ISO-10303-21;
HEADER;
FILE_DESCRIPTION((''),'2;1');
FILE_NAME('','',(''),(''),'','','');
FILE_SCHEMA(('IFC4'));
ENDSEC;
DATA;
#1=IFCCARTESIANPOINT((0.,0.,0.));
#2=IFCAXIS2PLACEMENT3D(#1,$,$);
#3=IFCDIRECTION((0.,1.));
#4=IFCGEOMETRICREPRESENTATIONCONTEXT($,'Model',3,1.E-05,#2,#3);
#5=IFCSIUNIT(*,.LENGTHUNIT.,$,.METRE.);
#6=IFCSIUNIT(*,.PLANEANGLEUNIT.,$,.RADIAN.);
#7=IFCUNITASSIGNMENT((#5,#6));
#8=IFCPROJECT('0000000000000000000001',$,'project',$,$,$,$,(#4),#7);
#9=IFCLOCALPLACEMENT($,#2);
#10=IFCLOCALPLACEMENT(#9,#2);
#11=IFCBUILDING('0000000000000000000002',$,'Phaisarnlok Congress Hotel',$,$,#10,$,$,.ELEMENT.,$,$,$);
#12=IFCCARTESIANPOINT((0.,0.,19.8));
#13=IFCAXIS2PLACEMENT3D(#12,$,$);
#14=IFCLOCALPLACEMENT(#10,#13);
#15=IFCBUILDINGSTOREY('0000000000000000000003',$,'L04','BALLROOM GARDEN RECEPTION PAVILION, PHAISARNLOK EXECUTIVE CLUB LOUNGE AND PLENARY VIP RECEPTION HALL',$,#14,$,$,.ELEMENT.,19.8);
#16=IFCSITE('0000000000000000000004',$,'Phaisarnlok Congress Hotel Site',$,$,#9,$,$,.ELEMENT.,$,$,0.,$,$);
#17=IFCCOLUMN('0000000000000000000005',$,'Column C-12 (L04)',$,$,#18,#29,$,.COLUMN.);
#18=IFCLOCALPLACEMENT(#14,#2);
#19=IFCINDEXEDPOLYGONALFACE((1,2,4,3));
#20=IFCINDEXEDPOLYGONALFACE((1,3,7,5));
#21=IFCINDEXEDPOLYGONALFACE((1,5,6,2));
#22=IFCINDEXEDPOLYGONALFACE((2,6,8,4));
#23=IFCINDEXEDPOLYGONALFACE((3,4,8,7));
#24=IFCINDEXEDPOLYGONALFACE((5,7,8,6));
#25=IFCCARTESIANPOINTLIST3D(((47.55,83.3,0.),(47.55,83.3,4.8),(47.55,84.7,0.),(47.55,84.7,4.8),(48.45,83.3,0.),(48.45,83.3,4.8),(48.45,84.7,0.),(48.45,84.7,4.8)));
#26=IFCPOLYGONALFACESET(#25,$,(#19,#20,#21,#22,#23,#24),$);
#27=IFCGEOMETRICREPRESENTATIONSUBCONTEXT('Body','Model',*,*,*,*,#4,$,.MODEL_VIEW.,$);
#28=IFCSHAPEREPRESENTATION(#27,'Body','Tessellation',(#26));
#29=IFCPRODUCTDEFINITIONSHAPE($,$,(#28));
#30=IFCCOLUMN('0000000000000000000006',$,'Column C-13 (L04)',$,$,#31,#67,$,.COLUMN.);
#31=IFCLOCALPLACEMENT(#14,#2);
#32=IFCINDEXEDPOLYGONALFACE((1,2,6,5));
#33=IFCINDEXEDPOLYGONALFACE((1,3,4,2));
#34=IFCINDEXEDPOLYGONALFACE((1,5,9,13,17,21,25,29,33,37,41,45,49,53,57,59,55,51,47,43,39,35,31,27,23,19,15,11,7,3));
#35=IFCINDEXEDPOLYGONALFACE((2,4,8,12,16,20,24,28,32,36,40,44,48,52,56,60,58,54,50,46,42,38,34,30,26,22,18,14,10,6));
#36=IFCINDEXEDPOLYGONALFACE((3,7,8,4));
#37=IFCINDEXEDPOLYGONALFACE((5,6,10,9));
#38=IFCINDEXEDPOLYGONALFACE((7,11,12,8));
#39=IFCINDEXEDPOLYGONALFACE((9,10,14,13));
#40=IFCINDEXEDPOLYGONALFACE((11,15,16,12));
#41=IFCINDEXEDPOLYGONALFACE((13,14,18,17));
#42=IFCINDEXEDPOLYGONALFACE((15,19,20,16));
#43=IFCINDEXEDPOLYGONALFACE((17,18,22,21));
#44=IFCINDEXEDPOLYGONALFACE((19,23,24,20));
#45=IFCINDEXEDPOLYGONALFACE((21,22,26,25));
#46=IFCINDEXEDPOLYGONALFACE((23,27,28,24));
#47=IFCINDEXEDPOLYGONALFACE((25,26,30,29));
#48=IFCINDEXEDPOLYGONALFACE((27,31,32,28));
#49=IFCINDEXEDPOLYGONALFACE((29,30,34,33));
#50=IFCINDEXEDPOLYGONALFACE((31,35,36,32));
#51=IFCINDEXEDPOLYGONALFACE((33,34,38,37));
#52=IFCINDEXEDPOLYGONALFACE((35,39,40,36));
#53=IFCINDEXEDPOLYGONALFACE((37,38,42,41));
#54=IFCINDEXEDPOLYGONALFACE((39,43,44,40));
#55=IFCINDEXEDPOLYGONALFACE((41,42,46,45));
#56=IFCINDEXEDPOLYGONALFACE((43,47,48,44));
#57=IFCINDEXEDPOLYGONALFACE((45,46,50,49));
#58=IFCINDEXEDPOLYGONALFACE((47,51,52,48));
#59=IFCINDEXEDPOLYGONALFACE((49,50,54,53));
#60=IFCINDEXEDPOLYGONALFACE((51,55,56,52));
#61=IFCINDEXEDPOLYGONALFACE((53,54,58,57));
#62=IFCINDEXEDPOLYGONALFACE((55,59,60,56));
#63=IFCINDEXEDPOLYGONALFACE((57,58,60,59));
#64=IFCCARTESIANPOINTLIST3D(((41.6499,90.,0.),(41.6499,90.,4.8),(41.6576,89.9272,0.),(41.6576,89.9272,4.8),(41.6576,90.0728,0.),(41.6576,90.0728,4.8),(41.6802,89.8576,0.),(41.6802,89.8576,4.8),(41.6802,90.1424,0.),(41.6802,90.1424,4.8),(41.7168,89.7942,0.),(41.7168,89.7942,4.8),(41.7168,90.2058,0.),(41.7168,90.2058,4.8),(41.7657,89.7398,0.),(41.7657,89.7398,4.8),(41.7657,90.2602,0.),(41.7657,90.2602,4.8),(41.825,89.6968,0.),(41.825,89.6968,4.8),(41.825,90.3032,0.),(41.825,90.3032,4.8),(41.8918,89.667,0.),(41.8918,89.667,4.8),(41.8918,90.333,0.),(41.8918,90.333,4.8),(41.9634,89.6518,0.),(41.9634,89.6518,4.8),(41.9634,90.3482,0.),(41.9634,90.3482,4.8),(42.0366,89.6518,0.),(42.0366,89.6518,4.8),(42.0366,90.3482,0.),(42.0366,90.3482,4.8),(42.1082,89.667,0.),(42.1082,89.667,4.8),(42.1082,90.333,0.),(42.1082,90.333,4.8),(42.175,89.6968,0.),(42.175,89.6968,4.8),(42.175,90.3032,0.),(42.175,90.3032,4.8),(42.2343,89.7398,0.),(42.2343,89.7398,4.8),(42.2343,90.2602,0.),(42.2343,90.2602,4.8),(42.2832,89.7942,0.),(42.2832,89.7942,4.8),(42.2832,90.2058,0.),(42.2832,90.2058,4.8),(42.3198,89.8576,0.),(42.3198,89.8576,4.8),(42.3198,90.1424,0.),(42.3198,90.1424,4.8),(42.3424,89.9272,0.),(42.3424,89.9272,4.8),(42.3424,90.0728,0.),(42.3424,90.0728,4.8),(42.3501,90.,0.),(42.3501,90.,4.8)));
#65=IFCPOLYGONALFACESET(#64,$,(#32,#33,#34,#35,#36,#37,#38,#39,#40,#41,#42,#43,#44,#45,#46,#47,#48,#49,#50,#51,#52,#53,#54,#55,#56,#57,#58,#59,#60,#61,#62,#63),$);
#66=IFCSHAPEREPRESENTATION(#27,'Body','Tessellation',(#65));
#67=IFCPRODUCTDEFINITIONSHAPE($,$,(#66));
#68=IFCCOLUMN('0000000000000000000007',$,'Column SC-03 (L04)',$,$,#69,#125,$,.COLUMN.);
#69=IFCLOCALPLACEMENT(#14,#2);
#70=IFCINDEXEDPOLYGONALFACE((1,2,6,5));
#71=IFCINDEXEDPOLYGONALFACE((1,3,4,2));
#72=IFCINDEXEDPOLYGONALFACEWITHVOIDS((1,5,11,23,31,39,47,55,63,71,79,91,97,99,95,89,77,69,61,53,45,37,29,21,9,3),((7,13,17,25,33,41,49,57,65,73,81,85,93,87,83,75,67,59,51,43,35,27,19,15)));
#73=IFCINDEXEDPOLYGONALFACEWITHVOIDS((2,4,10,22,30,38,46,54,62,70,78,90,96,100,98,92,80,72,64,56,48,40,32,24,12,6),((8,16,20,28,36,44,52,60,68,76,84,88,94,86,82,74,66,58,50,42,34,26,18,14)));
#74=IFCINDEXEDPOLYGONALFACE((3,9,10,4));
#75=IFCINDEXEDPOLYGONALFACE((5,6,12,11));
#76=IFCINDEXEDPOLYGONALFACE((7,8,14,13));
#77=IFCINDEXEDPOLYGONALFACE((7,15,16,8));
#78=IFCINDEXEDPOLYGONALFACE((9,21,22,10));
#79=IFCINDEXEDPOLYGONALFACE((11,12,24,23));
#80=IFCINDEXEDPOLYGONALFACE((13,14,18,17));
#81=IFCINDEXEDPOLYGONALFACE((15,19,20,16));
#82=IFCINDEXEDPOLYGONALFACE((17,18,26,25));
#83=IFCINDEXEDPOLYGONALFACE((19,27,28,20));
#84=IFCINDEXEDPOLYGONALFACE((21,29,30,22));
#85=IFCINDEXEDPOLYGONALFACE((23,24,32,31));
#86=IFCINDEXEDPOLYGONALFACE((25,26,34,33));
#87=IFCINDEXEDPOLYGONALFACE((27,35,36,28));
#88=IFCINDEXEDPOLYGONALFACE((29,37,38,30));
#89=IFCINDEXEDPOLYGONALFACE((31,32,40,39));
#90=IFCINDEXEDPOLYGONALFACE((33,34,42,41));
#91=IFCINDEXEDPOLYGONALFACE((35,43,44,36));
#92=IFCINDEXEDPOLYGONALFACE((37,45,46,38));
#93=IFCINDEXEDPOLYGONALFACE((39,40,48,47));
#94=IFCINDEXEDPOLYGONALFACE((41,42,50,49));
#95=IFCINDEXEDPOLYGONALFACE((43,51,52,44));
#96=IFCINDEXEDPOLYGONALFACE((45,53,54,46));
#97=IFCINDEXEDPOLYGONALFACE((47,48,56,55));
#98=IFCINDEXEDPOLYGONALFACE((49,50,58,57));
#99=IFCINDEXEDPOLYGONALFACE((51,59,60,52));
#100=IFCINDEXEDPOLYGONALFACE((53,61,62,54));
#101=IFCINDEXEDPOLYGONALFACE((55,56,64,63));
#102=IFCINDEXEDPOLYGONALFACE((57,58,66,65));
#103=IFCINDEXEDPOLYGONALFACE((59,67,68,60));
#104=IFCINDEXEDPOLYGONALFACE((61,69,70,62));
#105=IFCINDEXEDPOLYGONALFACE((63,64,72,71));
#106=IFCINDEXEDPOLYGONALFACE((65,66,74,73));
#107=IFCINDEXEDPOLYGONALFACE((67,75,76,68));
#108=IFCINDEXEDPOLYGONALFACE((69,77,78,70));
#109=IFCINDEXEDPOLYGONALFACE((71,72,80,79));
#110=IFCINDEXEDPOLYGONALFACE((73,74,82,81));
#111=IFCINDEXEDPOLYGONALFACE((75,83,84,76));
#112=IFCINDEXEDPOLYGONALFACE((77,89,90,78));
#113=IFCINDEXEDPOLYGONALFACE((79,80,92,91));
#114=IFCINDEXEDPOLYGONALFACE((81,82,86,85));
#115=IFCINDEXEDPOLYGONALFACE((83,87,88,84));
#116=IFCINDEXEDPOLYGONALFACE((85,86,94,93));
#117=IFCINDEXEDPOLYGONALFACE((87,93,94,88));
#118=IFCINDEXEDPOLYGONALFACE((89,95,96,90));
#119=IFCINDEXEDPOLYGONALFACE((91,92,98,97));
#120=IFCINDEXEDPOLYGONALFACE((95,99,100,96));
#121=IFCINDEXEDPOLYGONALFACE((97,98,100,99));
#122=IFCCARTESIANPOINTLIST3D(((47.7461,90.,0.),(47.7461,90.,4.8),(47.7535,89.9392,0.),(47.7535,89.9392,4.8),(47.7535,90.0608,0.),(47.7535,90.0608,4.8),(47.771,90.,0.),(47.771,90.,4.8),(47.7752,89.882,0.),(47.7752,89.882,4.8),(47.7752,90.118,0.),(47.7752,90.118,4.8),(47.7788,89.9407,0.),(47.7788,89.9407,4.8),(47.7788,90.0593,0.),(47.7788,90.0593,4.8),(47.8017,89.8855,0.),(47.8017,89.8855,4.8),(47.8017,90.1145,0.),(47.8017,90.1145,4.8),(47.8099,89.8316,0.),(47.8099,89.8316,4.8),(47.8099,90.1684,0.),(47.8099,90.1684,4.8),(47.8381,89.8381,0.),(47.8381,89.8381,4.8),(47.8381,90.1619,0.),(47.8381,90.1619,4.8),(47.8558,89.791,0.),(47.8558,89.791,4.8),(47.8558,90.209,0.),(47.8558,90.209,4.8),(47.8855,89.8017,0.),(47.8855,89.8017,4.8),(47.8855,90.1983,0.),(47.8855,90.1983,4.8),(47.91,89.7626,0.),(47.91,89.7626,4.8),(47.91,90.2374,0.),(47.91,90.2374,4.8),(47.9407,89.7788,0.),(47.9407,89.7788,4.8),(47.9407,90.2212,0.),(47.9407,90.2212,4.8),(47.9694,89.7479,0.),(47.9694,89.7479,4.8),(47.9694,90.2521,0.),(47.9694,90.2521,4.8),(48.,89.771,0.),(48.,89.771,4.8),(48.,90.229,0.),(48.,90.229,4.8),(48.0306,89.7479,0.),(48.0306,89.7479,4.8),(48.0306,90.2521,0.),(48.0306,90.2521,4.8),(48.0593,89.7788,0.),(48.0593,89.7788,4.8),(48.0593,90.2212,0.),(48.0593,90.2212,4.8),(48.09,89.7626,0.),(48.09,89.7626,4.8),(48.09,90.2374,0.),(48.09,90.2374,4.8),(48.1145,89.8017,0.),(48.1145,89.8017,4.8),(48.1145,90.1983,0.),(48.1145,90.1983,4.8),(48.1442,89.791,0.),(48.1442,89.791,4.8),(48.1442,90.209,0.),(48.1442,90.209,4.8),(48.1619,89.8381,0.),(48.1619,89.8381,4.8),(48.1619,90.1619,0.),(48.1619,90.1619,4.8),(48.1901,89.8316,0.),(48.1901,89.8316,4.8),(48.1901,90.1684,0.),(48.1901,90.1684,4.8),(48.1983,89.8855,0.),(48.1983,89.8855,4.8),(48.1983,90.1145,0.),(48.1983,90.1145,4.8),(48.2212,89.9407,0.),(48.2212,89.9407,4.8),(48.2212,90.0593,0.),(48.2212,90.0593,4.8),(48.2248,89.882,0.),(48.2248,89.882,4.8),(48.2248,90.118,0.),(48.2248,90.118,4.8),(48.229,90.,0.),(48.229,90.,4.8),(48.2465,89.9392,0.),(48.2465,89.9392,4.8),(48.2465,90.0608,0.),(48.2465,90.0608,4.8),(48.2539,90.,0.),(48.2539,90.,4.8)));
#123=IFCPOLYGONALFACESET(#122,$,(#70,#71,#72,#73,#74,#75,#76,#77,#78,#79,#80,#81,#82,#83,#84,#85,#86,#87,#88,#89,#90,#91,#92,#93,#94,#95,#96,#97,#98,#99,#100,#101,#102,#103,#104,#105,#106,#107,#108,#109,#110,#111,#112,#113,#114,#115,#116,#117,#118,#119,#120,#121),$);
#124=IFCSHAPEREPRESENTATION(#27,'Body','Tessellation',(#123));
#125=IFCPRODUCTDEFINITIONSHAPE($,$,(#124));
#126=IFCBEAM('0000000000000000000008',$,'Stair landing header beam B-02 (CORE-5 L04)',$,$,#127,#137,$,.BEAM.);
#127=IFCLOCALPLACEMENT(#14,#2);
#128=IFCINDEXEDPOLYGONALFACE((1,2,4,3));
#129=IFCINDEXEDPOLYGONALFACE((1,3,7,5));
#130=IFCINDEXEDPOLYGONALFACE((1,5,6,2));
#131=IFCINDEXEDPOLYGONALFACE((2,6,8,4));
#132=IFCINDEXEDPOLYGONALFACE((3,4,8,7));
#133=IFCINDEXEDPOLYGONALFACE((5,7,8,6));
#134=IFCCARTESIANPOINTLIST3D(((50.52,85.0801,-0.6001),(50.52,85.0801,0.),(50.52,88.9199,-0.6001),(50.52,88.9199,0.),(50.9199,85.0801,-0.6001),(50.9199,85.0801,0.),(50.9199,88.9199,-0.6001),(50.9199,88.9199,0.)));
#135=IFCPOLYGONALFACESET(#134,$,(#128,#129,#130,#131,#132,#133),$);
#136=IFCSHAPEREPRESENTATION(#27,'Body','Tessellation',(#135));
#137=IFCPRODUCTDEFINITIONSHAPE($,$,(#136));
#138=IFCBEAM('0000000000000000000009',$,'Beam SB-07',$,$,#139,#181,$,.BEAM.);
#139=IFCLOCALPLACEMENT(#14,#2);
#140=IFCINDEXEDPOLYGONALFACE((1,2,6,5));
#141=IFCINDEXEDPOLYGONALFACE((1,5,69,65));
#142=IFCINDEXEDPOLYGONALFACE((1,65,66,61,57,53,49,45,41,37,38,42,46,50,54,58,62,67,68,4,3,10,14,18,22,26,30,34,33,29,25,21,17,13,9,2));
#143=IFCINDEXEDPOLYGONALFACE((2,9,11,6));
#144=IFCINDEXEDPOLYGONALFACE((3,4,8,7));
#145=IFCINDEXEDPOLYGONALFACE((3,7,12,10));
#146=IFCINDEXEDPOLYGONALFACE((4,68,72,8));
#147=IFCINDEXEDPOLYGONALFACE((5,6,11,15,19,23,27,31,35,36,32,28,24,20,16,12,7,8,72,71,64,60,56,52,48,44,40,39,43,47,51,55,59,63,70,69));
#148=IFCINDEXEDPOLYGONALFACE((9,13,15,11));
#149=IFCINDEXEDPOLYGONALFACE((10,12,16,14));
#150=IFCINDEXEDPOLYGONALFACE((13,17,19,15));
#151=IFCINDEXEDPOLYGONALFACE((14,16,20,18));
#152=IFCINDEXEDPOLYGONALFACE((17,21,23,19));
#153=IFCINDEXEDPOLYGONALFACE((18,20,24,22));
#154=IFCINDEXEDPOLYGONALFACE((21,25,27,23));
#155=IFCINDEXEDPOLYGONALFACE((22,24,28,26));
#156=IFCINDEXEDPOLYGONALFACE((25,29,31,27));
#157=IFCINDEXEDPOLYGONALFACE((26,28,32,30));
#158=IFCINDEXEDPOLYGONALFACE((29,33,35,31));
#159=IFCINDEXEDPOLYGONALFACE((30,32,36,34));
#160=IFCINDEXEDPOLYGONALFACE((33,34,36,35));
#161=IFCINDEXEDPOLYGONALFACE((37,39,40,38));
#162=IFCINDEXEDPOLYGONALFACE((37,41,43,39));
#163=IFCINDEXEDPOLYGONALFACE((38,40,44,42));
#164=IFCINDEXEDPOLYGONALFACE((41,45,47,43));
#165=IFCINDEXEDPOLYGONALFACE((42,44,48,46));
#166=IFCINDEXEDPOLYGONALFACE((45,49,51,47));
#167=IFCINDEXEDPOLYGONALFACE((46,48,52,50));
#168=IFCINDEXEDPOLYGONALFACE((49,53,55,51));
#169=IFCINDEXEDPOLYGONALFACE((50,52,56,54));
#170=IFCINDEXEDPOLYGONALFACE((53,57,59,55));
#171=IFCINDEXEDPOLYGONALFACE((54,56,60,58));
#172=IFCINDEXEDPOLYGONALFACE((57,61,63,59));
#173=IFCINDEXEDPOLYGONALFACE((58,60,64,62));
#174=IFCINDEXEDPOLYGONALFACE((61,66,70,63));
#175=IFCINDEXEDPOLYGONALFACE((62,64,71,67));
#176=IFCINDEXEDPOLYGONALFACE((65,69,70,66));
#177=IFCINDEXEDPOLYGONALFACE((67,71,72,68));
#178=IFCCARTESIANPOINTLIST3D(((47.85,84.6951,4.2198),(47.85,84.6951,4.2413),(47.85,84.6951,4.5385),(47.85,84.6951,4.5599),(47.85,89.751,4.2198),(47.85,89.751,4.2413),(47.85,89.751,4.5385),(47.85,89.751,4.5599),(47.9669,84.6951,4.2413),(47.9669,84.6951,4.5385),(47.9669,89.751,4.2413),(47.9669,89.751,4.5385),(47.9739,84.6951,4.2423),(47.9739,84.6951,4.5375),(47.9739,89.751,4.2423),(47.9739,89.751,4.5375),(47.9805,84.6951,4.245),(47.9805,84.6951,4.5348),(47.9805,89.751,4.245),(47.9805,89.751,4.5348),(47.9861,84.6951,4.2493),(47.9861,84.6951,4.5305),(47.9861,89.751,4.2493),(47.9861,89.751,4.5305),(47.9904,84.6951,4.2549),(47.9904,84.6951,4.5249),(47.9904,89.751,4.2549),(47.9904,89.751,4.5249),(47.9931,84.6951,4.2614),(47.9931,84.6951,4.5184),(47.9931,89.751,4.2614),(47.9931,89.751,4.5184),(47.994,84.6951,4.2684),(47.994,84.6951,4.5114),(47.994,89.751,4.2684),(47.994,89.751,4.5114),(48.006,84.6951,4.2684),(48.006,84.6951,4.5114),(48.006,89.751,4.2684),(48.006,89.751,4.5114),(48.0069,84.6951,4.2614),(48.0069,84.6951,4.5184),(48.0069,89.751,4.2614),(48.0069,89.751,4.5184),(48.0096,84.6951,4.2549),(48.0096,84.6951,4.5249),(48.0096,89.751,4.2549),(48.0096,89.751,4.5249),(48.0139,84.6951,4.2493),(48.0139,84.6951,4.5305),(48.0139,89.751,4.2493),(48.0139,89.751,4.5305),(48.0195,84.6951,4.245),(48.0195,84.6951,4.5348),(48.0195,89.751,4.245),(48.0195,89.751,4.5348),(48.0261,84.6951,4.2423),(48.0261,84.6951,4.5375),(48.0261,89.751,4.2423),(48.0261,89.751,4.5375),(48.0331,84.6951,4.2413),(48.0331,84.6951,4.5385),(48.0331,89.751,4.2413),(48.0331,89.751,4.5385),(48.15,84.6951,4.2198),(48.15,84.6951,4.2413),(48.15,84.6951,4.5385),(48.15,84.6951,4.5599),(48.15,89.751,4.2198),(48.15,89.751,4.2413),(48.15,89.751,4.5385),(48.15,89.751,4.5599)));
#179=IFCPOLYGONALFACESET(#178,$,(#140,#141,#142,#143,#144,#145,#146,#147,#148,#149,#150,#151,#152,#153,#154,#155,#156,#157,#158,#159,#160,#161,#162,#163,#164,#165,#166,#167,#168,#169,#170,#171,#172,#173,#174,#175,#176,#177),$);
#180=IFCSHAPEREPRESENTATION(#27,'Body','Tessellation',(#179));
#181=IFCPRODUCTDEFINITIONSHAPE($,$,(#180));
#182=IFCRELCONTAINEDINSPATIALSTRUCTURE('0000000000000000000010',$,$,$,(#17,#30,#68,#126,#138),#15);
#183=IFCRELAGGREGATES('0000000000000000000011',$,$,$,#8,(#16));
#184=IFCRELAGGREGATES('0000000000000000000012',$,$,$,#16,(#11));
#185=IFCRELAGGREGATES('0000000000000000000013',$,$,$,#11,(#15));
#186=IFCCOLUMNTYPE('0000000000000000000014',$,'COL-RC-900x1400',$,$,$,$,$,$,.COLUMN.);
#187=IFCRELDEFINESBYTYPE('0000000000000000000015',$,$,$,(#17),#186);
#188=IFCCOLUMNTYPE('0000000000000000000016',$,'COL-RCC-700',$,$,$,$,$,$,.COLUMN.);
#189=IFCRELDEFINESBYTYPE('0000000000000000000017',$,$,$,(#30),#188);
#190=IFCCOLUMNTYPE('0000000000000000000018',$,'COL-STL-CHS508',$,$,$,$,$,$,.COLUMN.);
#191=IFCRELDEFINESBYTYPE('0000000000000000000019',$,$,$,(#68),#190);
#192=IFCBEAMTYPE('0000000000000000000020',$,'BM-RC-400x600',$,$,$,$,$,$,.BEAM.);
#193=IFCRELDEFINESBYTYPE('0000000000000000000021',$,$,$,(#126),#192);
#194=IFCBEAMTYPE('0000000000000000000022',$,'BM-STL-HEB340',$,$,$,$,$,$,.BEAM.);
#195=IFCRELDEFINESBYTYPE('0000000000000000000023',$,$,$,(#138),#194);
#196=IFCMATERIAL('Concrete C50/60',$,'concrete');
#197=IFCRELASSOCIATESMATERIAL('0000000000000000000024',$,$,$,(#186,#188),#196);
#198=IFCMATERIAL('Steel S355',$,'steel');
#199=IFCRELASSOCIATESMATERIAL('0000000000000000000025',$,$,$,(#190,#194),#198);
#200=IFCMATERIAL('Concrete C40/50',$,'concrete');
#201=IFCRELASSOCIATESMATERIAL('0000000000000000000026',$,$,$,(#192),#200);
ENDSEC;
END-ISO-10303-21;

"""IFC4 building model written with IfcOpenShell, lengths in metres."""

from ifc_helpers import new_model, si_unit, direction, frame, origin, origin_2d, place, context, subcontext, project, spatial, rectangle, circle, hollow_circle, i_section, extrude, material, material_profile, profile_set, type_object, element, save


model = new_model("IFC4")

# Units and contexts
model_context = context("Model", 3, precision=1e-05, world=origin(), true_north=direction((0.0, 1.0)))
body_context = subcontext(model_context, "Body", "Model", "MODEL_VIEW")
ifc_project = project(units=[si_unit("LENGTHUNIT", "METRE"), si_unit("PLANEANGLEUNIT", "RADIAN")], contexts=[model_context])

# Site, building, storey
site_placement = place(None, origin())
site = spatial("IfcSite", under=ifc_project, at=site_placement, Name="Phaisarnlok Congress Hotel Site", CompositionType="ELEMENT", RefElevation=0.0)
building_placement = place(site_placement, origin())
building = spatial("IfcBuilding", under=site, at=building_placement, Name="Phaisarnlok Congress Hotel", CompositionType="ELEMENT")
storey_placement = place(building_placement, frame((0.0, 0.0, 19.8)))
storey = spatial("IfcBuildingStorey", under=building, at=storey_placement, Name="L04", Description="BALLROOM GARDEN RECEPTION PAVILION, PHAISARNLOK EXECUTIVE CLUB LOUNGE AND PLENARY VIP RECEPTION HALL", CompositionType="ELEMENT", Elevation=19.8)

# Columns
ifc_material_1 = material(Name="Concrete C50/60", Category="concrete")
ifc_material_profile_1 = material_profile(ifc_material_1, rectangle(XDim=0.8999, YDim=1.3999, at=origin_2d()), Name="RC 900x1400")
ifc_profile_set_1 = profile_set([ifc_material_profile_1], Name="Concrete C50/60")
column_type_1 = type_object("IfcColumnType", Name="COL-RC-900x1400", PredefinedType="COLUMN", material=ifc_profile_set_1)
column_1_placement = place(storey_placement, frame((48.0, 84.0, 0.0), z_axis=(0.0, 0.0, 1.0), x_axis=(1.0, 0.0, 0.0)))
element("IfcColumn", 1, at=column_1_placement, inside=storey, type_object=column_type_1, Name="Column C-12 (L04)", PredefinedType="COLUMN", context=body_context, shape_type="SweptSolid", body=[
    extrude(rectangle(XDim=0.8999, YDim=1.3999, at=origin_2d()), origin(), (0.0, 0.0, 1.0), 4.8),
])
ifc_material_profile_2 = material_profile(ifc_material_1, circle(Radius=0.3501, at=origin_2d()), Name="RCC D700")
ifc_profile_set_2 = profile_set([ifc_material_profile_2], Name="Concrete C50/60")
column_type_2 = type_object("IfcColumnType", Name="COL-RCC-700", PredefinedType="COLUMN", material=ifc_profile_set_2)
column_2_placement = place(storey_placement, frame((42.0, 90.0, 0.0), z_axis=(0.0, 0.0, 1.0), x_axis=(1.0, 0.0, 0.0)))
element("IfcColumn", 2, at=column_2_placement, inside=storey, type_object=column_type_2, Name="Column C-13 (L04)", PredefinedType="COLUMN", context=body_context, shape_type="SweptSolid", body=[
    extrude(circle(Radius=0.3501, at=origin_2d()), origin(), (0.0, 0.0, 1.0), 4.8),
])
ifc_material_2 = material(Name="Steel S355", Category="steel")
ifc_material_profile_3 = material_profile(ifc_material_2, hollow_circle(Radius=0.2539, WallThickness=0.0249, at=origin_2d()), Name="CHS 508x25")
ifc_profile_set_3 = profile_set([ifc_material_profile_3], Name="Steel S355")
column_type_3 = type_object("IfcColumnType", Name="COL-STL-CHS508", PredefinedType="COLUMN", material=ifc_profile_set_3)
column_3_placement = place(storey_placement, frame((48.0, 90.0, 0.0), z_axis=(0.0, 0.0, 1.0), x_axis=(1.0, 0.0, 0.0)))
element("IfcColumn", 3, at=column_3_placement, inside=storey, type_object=column_type_3, Name="Column SC-03 (L04)", PredefinedType="COLUMN", context=body_context, shape_type="SweptSolid", body=[
    extrude(hollow_circle(Radius=0.2539, WallThickness=0.0249, at=origin_2d()), origin(), (0.0, 0.0, 1.0), 4.8),
])

# Beams
ifc_material_3 = material(Name="Concrete C40/50", Category="concrete")
ifc_material_profile_4 = material_profile(ifc_material_3, rectangle(XDim=0.3999, YDim=0.6001, at=origin_2d()), Name="RC 400x600")
ifc_profile_set_4 = profile_set([ifc_material_profile_4], Name="Concrete C40/50")
beam_type_1 = type_object("IfcBeamType", Name="BM-RC-400x600", PredefinedType="BEAM", material=ifc_profile_set_4)
beam_1_placement = place(storey_placement, frame((50.72, 85.0801, -0.3), z_axis=(0.0, 1.0, 0.0), x_axis=(-1.0, 0.0, 0.0)))
element("IfcBeam", 4, at=beam_1_placement, inside=storey, type_object=beam_type_1, Name="Stair landing header beam B-02 (CORE-5 L04)", PredefinedType="BEAM", context=body_context, shape_type="SweptSolid", body=[
    extrude(rectangle(XDim=0.3999, YDim=0.6001, at=origin_2d()), origin(), (0.0, 0.0, 1.0), 3.8398),
])
ifc_material_profile_5 = material_profile(ifc_material_2, i_section(OverallWidth=0.3, OverallDepth=0.3401, WebThickness=0.012, FlangeThickness=0.0215, FilletRadius=0.0271, at=origin_2d()), Name="HEB 340")
ifc_profile_set_5 = profile_set([ifc_material_profile_5], Name="Steel S355")
beam_type_2 = type_object("IfcBeamType", Name="BM-STL-HEB340", PredefinedType="BEAM", material=ifc_profile_set_5)
beam_2_placement = place(storey_placement, frame((48.0, 84.6951, 4.3899), z_axis=(0.0, 1.0, 0.0), x_axis=(-1.0, 0.0, 0.0)))
element("IfcBeam", 5, at=beam_2_placement, inside=storey, type_object=beam_type_2, Name="Beam SB-07", PredefinedType="BEAM", context=body_context, shape_type="SweptSolid", body=[
    extrude(i_section(OverallWidth=0.3, OverallDepth=0.3401, WebThickness=0.012, FlangeThickness=0.0215, FilletRadius=0.0271, at=origin_2d()), origin(), (0.0, 0.0, 1.0), 5.0559),
])

save(model, "model.ifc")
